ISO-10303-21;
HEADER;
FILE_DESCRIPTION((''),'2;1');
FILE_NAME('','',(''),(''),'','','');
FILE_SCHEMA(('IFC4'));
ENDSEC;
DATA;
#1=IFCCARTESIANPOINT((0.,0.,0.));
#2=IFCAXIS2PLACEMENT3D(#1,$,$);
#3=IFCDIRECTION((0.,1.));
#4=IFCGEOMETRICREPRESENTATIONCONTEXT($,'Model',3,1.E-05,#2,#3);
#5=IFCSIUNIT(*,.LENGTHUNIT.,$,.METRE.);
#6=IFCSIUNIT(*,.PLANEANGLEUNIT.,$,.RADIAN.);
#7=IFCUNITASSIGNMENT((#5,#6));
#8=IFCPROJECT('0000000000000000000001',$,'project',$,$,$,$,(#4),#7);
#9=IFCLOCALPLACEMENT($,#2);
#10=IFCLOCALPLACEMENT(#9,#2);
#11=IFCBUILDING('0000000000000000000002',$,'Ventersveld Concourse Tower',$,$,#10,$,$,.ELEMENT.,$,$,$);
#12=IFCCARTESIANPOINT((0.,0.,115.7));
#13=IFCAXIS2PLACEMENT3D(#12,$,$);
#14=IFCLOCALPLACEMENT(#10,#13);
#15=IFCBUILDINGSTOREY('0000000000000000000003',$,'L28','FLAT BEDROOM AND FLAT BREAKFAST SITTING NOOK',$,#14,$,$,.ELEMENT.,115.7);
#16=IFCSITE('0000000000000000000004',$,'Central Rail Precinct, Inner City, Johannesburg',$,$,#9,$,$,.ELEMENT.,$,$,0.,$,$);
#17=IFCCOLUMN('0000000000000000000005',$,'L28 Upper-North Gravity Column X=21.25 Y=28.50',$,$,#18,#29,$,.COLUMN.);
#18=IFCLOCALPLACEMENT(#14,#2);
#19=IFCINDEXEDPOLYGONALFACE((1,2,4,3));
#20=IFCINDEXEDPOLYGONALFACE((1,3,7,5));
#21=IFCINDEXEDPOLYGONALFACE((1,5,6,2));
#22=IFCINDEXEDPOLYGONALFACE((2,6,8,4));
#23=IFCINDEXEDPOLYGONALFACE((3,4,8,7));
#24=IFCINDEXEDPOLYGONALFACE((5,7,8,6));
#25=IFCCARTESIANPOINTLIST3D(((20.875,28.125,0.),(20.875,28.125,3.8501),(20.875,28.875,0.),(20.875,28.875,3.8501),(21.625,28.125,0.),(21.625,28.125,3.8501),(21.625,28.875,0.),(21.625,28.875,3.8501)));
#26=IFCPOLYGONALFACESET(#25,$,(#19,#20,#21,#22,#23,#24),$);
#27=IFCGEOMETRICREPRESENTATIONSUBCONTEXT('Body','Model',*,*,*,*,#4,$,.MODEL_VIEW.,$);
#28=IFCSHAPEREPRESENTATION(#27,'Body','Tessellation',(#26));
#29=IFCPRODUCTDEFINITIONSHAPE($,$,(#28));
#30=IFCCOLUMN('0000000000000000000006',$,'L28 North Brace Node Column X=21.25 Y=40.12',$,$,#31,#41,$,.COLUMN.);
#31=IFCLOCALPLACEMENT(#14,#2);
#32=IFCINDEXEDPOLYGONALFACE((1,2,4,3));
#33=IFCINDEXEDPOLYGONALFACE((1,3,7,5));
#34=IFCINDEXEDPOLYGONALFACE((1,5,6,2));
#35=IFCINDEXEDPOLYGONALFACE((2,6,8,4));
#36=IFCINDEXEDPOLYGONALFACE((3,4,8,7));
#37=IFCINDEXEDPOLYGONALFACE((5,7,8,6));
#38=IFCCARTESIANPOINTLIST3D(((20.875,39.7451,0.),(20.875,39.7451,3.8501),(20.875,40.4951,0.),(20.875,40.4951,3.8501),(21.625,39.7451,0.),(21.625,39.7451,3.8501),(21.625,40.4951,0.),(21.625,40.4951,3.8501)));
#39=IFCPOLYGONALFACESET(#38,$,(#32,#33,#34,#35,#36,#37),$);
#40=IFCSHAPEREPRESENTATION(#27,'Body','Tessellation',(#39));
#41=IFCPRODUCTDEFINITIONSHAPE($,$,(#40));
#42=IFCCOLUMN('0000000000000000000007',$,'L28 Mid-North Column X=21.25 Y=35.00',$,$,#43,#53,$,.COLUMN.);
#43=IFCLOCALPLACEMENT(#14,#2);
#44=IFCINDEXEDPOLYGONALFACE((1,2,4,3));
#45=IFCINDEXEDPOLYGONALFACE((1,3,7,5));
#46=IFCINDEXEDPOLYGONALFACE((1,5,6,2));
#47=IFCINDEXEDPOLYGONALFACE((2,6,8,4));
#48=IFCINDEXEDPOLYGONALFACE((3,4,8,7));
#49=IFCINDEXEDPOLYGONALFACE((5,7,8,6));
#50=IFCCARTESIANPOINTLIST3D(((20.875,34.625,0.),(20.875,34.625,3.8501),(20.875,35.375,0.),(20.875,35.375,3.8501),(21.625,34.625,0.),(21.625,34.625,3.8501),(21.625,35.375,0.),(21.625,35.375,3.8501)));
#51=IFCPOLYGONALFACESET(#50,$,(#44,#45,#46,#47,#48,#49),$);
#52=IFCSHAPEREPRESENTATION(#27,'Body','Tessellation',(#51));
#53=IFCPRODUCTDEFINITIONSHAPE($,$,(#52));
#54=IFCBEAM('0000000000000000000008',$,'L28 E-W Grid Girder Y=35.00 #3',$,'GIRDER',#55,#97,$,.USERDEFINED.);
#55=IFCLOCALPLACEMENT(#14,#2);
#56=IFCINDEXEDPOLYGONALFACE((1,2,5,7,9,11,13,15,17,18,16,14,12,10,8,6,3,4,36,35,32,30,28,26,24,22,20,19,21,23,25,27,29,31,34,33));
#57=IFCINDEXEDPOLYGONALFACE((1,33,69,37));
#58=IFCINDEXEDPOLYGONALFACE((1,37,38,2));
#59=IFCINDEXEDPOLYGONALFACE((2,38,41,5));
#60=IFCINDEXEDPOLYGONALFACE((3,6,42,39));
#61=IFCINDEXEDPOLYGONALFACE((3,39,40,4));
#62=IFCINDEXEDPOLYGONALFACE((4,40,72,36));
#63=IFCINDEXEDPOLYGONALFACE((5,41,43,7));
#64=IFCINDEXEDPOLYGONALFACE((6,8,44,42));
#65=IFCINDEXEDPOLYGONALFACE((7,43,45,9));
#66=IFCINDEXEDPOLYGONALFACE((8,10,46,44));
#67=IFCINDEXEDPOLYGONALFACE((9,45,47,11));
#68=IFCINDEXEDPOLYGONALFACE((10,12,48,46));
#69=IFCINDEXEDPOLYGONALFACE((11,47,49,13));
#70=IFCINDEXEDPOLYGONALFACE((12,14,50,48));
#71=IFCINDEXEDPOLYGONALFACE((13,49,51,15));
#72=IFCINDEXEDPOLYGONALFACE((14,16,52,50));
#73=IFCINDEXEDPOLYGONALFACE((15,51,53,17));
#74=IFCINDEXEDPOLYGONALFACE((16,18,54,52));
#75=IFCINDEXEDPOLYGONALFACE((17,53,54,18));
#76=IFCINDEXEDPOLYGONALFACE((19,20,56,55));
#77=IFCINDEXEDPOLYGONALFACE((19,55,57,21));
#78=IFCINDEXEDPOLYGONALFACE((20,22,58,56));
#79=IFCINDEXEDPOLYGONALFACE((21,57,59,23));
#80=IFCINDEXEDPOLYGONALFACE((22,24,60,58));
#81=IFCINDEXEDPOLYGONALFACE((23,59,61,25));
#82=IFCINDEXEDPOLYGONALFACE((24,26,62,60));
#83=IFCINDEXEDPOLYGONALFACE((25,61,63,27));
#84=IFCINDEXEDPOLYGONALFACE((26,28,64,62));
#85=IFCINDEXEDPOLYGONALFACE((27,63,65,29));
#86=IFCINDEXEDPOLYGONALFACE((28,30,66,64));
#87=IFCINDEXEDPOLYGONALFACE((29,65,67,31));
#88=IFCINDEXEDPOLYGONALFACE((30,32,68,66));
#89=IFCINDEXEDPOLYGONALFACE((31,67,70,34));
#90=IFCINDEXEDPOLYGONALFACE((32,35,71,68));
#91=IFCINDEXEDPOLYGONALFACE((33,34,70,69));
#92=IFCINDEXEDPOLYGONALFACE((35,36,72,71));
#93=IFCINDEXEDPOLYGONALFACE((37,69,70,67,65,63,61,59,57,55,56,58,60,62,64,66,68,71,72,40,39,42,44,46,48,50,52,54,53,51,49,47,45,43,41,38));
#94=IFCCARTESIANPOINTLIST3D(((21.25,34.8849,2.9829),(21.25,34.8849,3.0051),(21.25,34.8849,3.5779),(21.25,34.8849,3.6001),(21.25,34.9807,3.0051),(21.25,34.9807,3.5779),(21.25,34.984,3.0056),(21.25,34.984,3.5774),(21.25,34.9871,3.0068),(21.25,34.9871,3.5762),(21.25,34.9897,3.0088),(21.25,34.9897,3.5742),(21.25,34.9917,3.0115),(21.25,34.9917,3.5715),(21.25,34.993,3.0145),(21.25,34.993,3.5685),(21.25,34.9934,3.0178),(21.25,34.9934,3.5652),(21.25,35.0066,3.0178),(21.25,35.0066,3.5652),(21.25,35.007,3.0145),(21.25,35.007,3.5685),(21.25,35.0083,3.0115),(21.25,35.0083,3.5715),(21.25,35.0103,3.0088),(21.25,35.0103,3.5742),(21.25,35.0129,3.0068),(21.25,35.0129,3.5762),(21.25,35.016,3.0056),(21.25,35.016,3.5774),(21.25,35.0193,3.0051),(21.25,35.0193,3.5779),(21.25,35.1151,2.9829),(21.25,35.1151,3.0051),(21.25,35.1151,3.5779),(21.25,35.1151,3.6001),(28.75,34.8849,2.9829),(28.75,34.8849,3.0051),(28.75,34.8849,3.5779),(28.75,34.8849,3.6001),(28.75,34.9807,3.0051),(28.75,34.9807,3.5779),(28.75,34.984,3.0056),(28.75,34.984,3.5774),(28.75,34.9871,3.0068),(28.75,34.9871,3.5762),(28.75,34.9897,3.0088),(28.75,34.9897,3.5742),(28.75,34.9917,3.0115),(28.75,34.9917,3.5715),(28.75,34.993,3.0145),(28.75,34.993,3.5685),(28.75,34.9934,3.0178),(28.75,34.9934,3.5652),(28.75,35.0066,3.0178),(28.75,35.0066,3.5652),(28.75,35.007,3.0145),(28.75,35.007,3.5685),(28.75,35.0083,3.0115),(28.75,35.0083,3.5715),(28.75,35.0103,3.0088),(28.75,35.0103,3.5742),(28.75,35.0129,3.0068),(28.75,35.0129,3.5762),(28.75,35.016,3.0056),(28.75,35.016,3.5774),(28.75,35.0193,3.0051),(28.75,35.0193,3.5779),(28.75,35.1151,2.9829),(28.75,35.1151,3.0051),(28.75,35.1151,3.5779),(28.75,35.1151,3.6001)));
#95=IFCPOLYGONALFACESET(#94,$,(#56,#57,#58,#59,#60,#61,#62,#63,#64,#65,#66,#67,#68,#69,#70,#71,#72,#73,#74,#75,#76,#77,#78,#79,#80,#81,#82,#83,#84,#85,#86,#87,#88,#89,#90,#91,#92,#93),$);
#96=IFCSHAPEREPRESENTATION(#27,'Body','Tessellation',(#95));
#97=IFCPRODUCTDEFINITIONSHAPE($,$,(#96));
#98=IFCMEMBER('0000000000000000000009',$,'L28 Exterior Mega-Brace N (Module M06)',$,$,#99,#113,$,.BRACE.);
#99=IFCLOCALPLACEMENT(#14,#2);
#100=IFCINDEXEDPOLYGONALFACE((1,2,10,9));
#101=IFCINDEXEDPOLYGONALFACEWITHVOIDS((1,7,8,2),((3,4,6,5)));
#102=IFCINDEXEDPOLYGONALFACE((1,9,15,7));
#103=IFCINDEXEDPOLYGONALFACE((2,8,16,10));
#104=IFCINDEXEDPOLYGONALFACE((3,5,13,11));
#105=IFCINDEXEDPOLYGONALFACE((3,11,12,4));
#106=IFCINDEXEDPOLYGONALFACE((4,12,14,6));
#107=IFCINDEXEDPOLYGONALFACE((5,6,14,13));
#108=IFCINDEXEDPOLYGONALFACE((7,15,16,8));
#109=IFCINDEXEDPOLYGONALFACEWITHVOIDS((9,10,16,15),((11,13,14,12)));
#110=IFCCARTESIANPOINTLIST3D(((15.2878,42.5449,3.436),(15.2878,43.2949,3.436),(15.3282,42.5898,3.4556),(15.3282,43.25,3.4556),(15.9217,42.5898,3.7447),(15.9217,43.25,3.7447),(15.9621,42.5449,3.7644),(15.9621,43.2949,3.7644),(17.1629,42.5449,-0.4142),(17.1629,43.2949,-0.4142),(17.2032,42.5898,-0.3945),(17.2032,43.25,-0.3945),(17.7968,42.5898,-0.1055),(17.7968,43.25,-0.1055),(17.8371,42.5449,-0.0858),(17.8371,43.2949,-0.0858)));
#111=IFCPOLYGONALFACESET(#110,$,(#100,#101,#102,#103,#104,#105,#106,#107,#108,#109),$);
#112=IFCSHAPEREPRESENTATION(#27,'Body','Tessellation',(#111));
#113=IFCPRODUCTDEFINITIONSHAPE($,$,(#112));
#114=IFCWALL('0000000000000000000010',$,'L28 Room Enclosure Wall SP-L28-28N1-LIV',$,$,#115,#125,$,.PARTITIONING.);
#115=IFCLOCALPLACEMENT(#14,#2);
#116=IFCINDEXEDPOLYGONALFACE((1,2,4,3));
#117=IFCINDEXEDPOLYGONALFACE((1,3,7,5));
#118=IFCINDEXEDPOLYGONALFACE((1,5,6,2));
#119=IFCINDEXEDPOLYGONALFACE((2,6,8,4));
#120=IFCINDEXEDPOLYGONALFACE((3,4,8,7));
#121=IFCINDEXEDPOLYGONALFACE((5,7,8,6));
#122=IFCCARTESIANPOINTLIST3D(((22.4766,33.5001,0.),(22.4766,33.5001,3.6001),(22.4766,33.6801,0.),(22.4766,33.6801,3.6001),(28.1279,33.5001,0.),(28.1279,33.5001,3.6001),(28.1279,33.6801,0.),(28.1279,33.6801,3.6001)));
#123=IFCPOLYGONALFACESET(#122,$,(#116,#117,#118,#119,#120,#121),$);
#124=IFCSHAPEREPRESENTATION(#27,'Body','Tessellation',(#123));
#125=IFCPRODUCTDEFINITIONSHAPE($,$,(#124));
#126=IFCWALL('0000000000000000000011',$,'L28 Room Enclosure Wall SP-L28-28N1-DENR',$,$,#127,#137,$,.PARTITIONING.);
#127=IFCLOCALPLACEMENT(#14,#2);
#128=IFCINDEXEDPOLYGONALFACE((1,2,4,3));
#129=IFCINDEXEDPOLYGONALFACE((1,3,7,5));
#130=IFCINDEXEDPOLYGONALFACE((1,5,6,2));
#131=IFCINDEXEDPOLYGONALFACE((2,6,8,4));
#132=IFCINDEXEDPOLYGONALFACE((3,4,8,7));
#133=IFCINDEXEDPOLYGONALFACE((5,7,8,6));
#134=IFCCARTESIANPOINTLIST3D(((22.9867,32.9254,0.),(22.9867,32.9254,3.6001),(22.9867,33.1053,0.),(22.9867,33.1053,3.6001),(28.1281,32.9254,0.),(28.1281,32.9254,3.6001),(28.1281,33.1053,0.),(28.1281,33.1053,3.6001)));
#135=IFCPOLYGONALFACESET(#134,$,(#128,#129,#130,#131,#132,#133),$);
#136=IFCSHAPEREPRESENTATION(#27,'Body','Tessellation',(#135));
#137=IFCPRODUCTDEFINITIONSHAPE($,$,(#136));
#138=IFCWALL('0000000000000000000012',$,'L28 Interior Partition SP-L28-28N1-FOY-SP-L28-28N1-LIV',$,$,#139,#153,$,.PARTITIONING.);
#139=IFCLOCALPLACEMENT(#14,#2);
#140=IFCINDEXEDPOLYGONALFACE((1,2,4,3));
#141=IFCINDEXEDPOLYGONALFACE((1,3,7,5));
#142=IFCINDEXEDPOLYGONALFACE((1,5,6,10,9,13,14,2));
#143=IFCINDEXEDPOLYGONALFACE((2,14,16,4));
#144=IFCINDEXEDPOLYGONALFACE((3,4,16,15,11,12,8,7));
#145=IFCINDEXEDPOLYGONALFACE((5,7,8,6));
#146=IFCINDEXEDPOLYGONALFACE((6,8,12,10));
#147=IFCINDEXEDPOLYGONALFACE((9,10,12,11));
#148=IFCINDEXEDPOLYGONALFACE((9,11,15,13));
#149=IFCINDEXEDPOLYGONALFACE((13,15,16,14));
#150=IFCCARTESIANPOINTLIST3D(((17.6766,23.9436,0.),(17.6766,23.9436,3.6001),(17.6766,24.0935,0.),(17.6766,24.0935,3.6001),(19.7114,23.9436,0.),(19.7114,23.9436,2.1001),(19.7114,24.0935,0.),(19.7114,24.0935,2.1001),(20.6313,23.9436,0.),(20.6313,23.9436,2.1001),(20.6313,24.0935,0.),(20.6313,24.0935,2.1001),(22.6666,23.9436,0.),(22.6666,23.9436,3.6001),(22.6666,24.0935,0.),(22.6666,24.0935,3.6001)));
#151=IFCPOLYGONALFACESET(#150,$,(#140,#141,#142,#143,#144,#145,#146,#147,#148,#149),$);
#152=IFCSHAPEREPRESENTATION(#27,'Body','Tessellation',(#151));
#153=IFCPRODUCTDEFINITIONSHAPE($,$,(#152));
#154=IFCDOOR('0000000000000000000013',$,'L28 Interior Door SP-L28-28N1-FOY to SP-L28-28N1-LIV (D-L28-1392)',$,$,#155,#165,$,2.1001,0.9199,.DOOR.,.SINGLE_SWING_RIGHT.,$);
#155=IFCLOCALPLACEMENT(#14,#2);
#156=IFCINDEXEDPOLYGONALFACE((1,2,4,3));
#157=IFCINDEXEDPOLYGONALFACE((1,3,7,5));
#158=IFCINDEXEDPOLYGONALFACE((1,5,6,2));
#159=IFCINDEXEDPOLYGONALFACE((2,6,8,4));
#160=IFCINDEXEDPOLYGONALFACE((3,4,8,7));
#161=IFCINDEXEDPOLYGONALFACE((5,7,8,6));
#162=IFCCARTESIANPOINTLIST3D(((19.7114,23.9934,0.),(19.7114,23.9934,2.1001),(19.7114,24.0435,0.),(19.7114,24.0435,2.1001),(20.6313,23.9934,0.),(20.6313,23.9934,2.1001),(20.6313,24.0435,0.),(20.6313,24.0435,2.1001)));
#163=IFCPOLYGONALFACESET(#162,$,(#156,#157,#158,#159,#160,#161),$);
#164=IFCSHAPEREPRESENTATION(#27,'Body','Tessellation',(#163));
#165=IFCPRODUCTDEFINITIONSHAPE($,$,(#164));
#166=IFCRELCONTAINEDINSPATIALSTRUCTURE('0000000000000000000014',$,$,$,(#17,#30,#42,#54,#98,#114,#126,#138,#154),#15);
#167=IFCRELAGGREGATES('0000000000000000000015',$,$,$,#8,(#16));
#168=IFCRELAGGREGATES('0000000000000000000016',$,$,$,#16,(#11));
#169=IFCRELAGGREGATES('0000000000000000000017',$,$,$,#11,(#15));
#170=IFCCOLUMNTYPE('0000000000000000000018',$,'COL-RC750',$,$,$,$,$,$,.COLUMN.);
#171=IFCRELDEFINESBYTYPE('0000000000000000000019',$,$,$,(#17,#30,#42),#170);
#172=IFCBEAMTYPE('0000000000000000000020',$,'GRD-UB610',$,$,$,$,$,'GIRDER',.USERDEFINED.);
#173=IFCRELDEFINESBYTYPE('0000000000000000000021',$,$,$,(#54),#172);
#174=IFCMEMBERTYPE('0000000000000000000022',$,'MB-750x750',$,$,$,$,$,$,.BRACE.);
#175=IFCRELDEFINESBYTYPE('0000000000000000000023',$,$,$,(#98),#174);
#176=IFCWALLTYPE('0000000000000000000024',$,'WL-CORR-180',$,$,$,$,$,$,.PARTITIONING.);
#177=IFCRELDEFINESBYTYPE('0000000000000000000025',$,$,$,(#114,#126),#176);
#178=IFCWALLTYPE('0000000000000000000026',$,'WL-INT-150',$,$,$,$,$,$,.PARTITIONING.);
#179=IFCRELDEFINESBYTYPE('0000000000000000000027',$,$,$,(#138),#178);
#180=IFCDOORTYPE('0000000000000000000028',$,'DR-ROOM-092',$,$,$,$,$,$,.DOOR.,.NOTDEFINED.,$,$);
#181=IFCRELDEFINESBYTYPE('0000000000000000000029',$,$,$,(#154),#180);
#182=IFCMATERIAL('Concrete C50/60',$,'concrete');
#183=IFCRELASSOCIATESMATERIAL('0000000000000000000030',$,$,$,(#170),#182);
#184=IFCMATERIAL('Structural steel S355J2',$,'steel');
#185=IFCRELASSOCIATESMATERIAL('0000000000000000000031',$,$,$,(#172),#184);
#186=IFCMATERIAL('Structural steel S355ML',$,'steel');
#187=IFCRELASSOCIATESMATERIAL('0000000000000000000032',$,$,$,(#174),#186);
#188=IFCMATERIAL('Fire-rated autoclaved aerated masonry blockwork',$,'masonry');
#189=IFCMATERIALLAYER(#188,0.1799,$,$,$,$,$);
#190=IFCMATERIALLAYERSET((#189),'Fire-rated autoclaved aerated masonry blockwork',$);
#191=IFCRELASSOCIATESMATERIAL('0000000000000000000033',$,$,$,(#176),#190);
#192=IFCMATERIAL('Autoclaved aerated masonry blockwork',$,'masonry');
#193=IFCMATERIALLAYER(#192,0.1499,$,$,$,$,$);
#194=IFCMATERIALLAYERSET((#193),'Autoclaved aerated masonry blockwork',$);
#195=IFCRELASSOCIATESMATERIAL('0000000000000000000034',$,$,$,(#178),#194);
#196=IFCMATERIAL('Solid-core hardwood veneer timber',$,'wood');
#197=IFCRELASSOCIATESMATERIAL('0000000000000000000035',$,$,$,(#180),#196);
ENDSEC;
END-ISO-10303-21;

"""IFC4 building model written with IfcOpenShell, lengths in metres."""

from ifc_helpers import new_model, si_unit, direction, frame, frame_2d, origin, origin_2d, place, context, subcontext, project, spatial, rectangle, hollow_rectangle, i_section, extrude, material, layer, layer_set, material_profile, profile_set, type_object, element, fill, save


model = new_model("IFC4")

# Units and contexts
model_context = context("Model", 3, precision=1e-05, world=origin(), true_north=direction((0.0, 1.0)))
body_context = subcontext(model_context, "Body", "Model", "MODEL_VIEW")
ifc_project = project(units=[si_unit("LENGTHUNIT", "METRE"), si_unit("PLANEANGLEUNIT", "RADIAN")], contexts=[model_context])

# Site, building, storey
site_placement = place(None, origin())
site = spatial("IfcSite", under=ifc_project, at=site_placement, Name="Central Rail Precinct, Inner City, Johannesburg", CompositionType="ELEMENT", RefElevation=0.0)
building_placement = place(site_placement, origin())
building = spatial("IfcBuilding", under=site, at=building_placement, Name="Ventersveld Concourse Tower", CompositionType="ELEMENT")
storey_placement = place(building_placement, frame((0.0, 0.0, 115.7)))
storey = spatial("IfcBuildingStorey", under=building, at=storey_placement, Name="L28", Description="FLAT BEDROOM AND FLAT BREAKFAST SITTING NOOK", CompositionType="ELEMENT", Elevation=115.7)

# Columns
ifc_material_1 = material(Name="Concrete C50/60", Category="concrete")
ifc_material_profile_1 = material_profile(ifc_material_1, rectangle(XDim=0.75, YDim=0.75, at=origin_2d()), Name="RC 750x750")
ifc_profile_set_1 = profile_set([ifc_material_profile_1], Name="Concrete C50/60")
column_type = type_object("IfcColumnType", Name="COL-RC750", PredefinedType="COLUMN", material=ifc_profile_set_1)
for number, where, z_axis, x_axis, name in (
    (1, (21.25, 28.5, 0.0), (0.0, 0.0, 1.0), (1.0, 0.0, 0.0), "L28 Upper-North Gravity Column X=21.25 Y=28.50"),
    (2, (21.25, 40.1201, 0.0), (0.0, 0.0, 1.0), (1.0, 0.0, 0.0), "L28 North Brace Node Column X=21.25 Y=40.12"),
    (3, (21.25, 35.0, 0.0), (0.0, 0.0, 1.0), (1.0, 0.0, 0.0), "L28 Mid-North Column X=21.25 Y=35.00"),
):
    element("IfcColumn", number, at=place(storey_placement, frame(where, z_axis=z_axis, x_axis=x_axis)), inside=storey, type_object=column_type, Name=name, PredefinedType="COLUMN", context=body_context, shape_type="SweptSolid", body=[
        extrude(rectangle(XDim=0.75, YDim=0.75, at=origin_2d()), origin(), (0.0, 0.0, 1.0), 3.8501),
    ])

# Beam
ifc_material_2 = material(Name="Structural steel S355J2", Category="steel")
ifc_material_profile_2 = material_profile(ifc_material_2, i_section(OverallWidth=0.2302, OverallDepth=0.6172, WebThickness=0.0132, FlangeThickness=0.0222, FilletRadius=0.0127, at=origin_2d()), Name="UB 610x229x140")
ifc_profile_set_2 = profile_set([ifc_material_profile_2], Name="Structural steel S355J2")
beam_type = type_object("IfcBeamType", Name="GRD-UB610", ElementType="GIRDER", PredefinedType="USERDEFINED", material=ifc_profile_set_2)
beam_placement = place(storey_placement, frame((21.25, 35.0, 3.2915), z_axis=(1.0, 0.0, 0.0), x_axis=(0.0, 1.0, 0.0)))
element("IfcBeam", 4, at=beam_placement, inside=storey, type_object=beam_type, Name="L28 E-W Grid Girder Y=35.00 #3", ObjectType="GIRDER", PredefinedType="USERDEFINED", context=body_context, shape_type="SweptSolid", body=[
    extrude(i_section(OverallWidth=0.2302, OverallDepth=0.6172, WebThickness=0.0132, FlangeThickness=0.0222, FilletRadius=0.0127, at=origin_2d()), origin(), (0.0, 0.0, 1.0), 7.5),
])

# Member
ifc_material_3 = material(Name="Structural steel S355ML", Category="steel")
ifc_material_profile_3 = material_profile(ifc_material_3, hollow_rectangle(XDim=0.75, YDim=0.75, WallThickness=0.0449, at=origin_2d()), Name="BOX 750x750x45")
ifc_profile_set_3 = profile_set([ifc_material_profile_3], Name="Structural steel S355ML")
member_type = type_object("IfcMemberType", Name="MB-750x750", PredefinedType="BRACE", material=ifc_profile_set_3)
member_placement = place(storey_placement, frame((17.5, 42.9199, -0.25), z_axis=(-0.437839, 0.0, 0.899053), x_axis=(0.0, -1.0, 0.0)))
element("IfcMember", 5, at=member_placement, inside=storey, type_object=member_type, Name="L28 Exterior Mega-Brace N (Module M06)", PredefinedType="BRACE", context=body_context, shape_type="SweptSolid", body=[
    extrude(hollow_rectangle(XDim=0.75, YDim=0.75, WallThickness=0.0449, at=origin_2d()), origin(), (0.0, 0.0, 1.0), 4.2825),
])

# Walls
ifc_material_4 = material(Name="Fire-rated autoclaved aerated masonry blockwork", Category="masonry")
ifc_layer_1 = layer(ifc_material_4, 0.1799)
ifc_layer_set_1 = layer_set([ifc_layer_1], Name="Fire-rated autoclaved aerated masonry blockwork")
wall_type_1 = type_object("IfcWallType", Name="WL-CORR-180", PredefinedType="PARTITIONING", material=ifc_layer_set_1)
wall_1_placement = place(storey_placement, frame((28.1279, 33.5901, 0.0), z_axis=(0.0, 0.0, 1.0), x_axis=(-1.0, 0.0, 0.0)))
element("IfcWall", 6, at=wall_1_placement, inside=storey, type_object=wall_type_1, Name="L28 Room Enclosure Wall SP-L28-28N1-LIV", PredefinedType="PARTITIONING", context=body_context, shape_type="SweptSolid", body=[
    extrude(rectangle(XDim=5.6514, YDim=0.1799, at=frame_2d((2.8257, 0.0))), origin(), (0.0, 0.0, 1.0), 3.6001),
])
wall_2_placement = place(storey_placement, frame((22.9866, 33.0154, 0.0), z_axis=(0.0, 0.0, 1.0), x_axis=(1.0, 0.0, 0.0)))
element("IfcWall", 7, at=wall_2_placement, inside=storey, type_object=wall_type_1, Name="L28 Room Enclosure Wall SP-L28-28N1-DENR", PredefinedType="PARTITIONING", context=body_context, shape_type="SweptSolid", body=[
    extrude(rectangle(XDim=5.1414, YDim=0.1799, at=frame_2d((2.5708, 0.0))), origin(), (0.0, 0.0, 1.0), 3.6001),
])

# Wall, opening, door
ifc_material_5 = material(Name="Autoclaved aerated masonry blockwork", Category="masonry")
ifc_layer_2 = layer(ifc_material_5, 0.1499)
ifc_layer_set_2 = layer_set([ifc_layer_2], Name="Autoclaved aerated masonry blockwork")
wall_type_2 = type_object("IfcWallType", Name="WL-INT-150", PredefinedType="PARTITIONING", material=ifc_layer_set_2)
wall_3_placement = place(storey_placement, frame((17.6765, 24.0186, 0.0), z_axis=(0.0, 0.0, 1.0), x_axis=(1.0, 0.0, 0.0)))
wall_3 = element("IfcWall", 8, at=wall_3_placement, inside=storey, type_object=wall_type_2, Name="L28 Interior Partition SP-L28-28N1-FOY-SP-L28-28N1-LIV", PredefinedType="PARTITIONING", context=body_context, shape_type="SweptSolid", body=[
    extrude(rectangle(XDim=4.99, YDim=0.1499, at=frame_2d((2.4951, 0.0))), origin(), (0.0, 0.0, 1.0), 3.6001),
])
opening_1_placement = place(wall_3_placement, frame((2.0349, 0.0, 0.0)))
opening_1 = element("IfcOpeningElement", 9, at=opening_1_placement, cuts=wall_3, PredefinedType="OPENING", context=body_context, shape_type="SweptSolid", body=[
    extrude(rectangle(XDim=0.9199, YDim=2.1001, at=frame_2d((0.46, 1.05))), frame((0.0, 0.085, 0.0), z_axis=(0.0, -1.0, 0.0), x_axis=(1.0, 0.0, 0.0)), (0.0, 0.0, 1.0), 0.1699),
])
ifc_material_6 = material(Name="Solid-core hardwood veneer timber", Category="wood")
door_type = type_object("IfcDoorType", Name="DR-ROOM-092", OperationType="NOTDEFINED", PredefinedType="DOOR", material=ifc_material_6)
door_1_placement = place(opening_1_placement, origin())
door_1 = element("IfcDoor", 10, at=door_1_placement, inside=storey, type_object=door_type, Name="L28 Interior Door SP-L28-28N1-FOY to SP-L28-28N1-LIV (D-L28-1392)", OperationType="SINGLE_SWING_RIGHT", OverallHeight=2.1001, OverallWidth=0.9199, PredefinedType="DOOR", context=body_context, shape_type="SweptSolid", body=[
    extrude(rectangle(XDim=0.9199, YDim=2.1001, at=frame_2d((0.46, 1.05))), frame((0.0, 0.0249, 0.0), z_axis=(0.0, -1.0, 0.0), x_axis=(1.0, 0.0, 0.0)), (0.0, 0.0, 1.0), 0.05),
])
fill(opening_1, door_1)

save(model, "model.ifc")
